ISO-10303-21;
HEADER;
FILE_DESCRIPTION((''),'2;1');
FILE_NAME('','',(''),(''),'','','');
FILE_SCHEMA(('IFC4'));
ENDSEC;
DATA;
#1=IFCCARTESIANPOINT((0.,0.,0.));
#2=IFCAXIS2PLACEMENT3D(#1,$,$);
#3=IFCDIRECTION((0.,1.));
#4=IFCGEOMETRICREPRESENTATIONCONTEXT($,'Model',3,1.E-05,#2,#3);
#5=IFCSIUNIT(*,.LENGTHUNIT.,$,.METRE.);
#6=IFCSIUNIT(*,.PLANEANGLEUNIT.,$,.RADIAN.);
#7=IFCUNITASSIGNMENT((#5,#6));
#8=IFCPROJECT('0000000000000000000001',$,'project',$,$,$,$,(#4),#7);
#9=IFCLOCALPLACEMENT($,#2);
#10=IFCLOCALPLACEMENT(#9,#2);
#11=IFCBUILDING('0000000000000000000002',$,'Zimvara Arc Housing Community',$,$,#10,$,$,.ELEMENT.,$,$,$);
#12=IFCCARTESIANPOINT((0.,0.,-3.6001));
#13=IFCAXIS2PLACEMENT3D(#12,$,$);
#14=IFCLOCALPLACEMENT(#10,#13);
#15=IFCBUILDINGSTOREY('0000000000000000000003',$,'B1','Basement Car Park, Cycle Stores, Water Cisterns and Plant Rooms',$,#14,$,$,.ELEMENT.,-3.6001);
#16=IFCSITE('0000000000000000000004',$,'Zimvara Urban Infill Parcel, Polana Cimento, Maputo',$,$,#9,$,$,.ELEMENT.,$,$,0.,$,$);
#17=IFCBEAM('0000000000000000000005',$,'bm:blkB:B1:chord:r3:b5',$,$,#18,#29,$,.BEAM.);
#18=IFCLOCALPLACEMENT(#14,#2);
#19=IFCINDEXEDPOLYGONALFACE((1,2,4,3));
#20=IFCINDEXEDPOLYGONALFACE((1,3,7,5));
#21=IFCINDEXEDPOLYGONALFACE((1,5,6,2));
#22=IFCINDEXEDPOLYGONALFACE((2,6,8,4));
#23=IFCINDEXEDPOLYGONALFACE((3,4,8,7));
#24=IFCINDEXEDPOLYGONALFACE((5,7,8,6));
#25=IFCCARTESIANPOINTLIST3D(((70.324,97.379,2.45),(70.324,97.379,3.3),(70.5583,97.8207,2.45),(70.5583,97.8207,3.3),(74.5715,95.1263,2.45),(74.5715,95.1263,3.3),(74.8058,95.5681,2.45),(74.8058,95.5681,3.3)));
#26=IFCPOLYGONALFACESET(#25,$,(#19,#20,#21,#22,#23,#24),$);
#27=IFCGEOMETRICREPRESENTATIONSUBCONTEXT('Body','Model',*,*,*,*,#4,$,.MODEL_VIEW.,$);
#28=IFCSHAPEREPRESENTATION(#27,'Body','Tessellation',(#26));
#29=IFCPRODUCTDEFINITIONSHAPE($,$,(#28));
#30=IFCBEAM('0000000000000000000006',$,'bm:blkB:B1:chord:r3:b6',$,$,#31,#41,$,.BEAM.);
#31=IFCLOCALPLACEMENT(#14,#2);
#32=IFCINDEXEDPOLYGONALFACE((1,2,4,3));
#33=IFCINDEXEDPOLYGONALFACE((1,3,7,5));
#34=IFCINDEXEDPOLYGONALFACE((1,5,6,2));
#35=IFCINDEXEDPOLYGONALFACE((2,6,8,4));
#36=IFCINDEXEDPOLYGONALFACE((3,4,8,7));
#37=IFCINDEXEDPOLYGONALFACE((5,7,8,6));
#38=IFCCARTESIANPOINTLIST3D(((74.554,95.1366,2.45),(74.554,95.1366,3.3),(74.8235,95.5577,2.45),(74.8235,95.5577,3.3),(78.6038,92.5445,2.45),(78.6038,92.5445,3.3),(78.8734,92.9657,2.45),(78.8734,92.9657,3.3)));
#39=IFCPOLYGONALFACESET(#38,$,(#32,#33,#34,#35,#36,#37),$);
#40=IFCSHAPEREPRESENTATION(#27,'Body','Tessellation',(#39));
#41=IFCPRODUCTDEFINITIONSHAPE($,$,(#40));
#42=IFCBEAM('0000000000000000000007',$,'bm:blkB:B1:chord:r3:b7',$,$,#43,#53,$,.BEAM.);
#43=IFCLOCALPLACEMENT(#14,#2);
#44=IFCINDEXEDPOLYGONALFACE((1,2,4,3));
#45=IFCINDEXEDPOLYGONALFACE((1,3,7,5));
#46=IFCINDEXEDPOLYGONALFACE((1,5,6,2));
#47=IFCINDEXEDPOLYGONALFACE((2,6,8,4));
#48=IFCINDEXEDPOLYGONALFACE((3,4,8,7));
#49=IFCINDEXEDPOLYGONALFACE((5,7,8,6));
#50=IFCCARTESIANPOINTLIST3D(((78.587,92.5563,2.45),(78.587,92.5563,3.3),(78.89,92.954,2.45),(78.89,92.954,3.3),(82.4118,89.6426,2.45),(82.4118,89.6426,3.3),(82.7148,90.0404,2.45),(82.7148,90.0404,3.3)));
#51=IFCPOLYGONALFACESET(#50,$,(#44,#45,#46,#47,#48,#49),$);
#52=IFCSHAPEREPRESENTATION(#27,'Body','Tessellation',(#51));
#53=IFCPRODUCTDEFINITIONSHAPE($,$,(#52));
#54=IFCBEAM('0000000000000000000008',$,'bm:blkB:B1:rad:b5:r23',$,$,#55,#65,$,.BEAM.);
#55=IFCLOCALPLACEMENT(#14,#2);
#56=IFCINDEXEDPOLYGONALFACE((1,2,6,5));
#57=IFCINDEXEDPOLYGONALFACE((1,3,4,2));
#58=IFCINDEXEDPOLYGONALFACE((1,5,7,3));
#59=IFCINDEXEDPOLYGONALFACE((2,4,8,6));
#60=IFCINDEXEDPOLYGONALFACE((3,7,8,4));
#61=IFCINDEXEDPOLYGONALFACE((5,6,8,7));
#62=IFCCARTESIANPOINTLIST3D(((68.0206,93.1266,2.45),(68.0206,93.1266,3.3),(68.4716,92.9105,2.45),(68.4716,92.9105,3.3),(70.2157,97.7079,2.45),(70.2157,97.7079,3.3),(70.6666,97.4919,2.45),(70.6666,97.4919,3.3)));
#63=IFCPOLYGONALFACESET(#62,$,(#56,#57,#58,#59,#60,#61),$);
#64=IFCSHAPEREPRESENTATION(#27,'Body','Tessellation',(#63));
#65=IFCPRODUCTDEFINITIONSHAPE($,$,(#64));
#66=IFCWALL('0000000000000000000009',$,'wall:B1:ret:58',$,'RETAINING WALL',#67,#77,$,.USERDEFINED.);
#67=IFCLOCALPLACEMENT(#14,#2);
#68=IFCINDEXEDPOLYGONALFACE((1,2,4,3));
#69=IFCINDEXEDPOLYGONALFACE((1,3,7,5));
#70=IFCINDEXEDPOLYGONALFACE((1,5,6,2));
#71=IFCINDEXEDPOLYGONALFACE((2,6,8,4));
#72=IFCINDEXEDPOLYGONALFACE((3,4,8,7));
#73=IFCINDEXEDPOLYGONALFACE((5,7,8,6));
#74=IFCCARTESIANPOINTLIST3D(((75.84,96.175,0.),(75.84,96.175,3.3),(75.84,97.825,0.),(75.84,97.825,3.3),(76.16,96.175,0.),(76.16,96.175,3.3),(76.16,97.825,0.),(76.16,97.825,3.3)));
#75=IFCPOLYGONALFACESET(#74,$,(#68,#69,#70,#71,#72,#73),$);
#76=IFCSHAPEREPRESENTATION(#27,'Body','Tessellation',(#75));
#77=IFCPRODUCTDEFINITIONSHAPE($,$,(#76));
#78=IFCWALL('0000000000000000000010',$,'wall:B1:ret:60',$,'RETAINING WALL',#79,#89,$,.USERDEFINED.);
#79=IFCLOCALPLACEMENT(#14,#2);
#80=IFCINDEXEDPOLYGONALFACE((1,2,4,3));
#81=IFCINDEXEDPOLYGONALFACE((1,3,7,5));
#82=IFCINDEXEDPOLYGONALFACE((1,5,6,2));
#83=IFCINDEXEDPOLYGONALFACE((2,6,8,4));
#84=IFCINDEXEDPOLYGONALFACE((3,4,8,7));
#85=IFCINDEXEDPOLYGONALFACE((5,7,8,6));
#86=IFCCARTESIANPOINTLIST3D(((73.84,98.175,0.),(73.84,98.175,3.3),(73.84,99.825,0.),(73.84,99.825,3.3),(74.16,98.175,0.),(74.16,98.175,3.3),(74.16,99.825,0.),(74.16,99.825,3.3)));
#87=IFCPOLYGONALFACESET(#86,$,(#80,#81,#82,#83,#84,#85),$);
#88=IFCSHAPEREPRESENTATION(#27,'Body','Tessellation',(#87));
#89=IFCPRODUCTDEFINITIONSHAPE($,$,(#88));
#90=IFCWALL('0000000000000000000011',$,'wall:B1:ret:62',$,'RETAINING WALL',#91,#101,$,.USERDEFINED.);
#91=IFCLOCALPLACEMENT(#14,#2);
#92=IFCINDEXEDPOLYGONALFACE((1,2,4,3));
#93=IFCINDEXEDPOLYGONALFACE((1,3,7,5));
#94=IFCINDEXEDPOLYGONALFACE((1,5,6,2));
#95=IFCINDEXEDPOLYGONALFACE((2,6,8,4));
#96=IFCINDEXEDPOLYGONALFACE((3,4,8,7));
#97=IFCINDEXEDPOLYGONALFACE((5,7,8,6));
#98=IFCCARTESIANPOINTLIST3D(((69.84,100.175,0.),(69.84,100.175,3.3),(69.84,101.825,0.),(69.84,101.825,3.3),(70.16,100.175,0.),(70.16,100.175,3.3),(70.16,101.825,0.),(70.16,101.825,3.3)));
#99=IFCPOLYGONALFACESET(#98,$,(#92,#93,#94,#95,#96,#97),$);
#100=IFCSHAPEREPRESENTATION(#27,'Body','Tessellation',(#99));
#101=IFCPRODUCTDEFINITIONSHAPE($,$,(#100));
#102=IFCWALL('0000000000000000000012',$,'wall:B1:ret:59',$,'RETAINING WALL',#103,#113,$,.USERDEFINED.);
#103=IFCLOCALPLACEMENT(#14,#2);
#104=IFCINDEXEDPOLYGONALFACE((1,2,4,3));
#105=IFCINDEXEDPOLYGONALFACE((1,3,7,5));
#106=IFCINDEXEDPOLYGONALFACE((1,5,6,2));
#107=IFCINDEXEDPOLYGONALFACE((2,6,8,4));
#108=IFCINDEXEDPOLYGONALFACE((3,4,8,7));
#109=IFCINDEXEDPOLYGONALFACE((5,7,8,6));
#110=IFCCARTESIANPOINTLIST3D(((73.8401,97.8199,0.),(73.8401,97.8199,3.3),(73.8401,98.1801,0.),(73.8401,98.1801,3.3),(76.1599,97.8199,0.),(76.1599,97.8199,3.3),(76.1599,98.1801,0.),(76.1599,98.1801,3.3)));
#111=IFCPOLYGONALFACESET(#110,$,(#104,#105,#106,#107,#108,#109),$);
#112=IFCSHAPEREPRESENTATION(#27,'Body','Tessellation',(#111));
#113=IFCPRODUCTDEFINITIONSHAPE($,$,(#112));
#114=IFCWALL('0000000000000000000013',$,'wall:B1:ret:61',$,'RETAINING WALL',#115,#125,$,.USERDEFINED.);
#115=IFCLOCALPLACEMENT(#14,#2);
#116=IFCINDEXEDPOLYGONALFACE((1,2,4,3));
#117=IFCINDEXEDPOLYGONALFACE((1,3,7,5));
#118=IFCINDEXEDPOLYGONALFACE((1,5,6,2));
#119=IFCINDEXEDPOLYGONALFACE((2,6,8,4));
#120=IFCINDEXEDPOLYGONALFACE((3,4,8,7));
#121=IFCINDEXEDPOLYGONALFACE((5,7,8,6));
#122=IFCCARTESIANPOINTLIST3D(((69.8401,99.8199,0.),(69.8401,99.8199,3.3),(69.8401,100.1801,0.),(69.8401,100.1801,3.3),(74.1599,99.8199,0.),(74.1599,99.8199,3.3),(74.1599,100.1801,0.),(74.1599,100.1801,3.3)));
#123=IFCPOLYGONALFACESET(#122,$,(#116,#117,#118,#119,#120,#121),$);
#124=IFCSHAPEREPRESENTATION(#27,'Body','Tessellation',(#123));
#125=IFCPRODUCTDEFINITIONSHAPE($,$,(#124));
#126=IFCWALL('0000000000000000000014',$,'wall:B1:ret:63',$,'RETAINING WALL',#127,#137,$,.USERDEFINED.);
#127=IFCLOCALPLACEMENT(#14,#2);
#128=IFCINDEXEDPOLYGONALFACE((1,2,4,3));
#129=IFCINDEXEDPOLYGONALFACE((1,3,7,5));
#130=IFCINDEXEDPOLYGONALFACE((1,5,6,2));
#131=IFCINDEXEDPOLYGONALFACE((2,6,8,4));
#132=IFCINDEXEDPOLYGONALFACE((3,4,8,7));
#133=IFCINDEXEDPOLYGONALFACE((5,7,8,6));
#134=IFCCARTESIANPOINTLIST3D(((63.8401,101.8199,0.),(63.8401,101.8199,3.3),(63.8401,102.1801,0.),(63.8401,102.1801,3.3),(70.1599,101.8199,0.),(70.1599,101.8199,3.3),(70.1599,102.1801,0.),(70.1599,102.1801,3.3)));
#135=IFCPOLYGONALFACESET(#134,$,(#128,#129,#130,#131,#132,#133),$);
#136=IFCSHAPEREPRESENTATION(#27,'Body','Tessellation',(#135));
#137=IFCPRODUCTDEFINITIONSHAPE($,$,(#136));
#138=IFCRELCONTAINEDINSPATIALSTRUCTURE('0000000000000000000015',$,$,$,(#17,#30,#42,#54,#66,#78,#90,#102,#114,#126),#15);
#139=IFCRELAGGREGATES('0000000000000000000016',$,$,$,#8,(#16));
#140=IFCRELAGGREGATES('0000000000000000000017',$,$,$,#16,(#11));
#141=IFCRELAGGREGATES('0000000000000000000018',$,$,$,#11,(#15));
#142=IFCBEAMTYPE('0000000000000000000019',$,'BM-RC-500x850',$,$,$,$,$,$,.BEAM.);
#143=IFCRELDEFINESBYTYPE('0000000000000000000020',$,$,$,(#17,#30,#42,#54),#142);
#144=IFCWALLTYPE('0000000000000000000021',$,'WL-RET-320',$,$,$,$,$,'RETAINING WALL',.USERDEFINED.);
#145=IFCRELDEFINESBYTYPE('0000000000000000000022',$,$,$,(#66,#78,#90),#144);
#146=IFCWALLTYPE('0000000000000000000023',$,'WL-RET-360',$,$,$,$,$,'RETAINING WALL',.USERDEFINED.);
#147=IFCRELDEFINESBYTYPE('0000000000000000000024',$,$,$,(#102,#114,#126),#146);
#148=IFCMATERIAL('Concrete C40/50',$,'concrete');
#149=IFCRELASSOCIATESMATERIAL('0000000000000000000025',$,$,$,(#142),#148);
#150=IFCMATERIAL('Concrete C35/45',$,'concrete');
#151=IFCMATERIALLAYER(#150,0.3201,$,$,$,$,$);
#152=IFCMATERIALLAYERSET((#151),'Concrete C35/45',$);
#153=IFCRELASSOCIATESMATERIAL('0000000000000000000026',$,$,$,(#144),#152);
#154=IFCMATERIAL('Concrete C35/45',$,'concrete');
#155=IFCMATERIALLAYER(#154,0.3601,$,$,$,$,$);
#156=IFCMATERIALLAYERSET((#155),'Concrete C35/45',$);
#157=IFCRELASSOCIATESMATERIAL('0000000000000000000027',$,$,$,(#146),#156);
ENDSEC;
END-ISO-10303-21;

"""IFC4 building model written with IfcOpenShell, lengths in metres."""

from ifc_helpers import new_model, si_unit, direction, frame, frame_2d, origin, origin_2d, place, context, subcontext, project, spatial, rectangle, extrude, material, layer, layer_set, material_profile, profile_set, type_object, element, save


model = new_model("IFC4")

# Units and contexts
model_context = context("Model", 3, precision=1e-05, world=origin(), true_north=direction((0.0, 1.0)))
body_context = subcontext(model_context, "Body", "Model", "MODEL_VIEW")
ifc_project = project(units=[si_unit("LENGTHUNIT", "METRE"), si_unit("PLANEANGLEUNIT", "RADIAN")], contexts=[model_context])

# Site, building, storey
site_placement = place(None, origin())
site = spatial("IfcSite", under=ifc_project, at=site_placement, Name="Zimvara Urban Infill Parcel, Polana Cimento, Maputo", CompositionType="ELEMENT", RefElevation=0.0)
building_placement = place(site_placement, origin())
building = spatial("IfcBuilding", under=site, at=building_placement, Name="Zimvara Arc Housing Community", CompositionType="ELEMENT")
storey_placement = place(building_placement, frame((0.0, 0.0, -3.6001)))
storey = spatial("IfcBuildingStorey", under=building, at=storey_placement, Name="B1", Description="Basement Car Park, Cycle Stores, Water Cisterns and Plant Rooms", CompositionType="ELEMENT", Elevation=-3.6001)

# Beams
ifc_material_1 = material(Name="Concrete C40/50", Category="concrete")
ifc_material_profile_1 = material_profile(ifc_material_1, rectangle(XDim=0.5, YDim=0.8501, at=origin_2d()), Name="RC 500x850")
ifc_profile_set_1 = profile_set([ifc_material_profile_1], Name="Concrete C40/50")
beam_type = type_object("IfcBeamType", Name="BM-RC-500x850", PredefinedType="BEAM", material=ifc_profile_set_1)
beam_1_placement = place(storey_placement, frame((70.4412, 97.5999, 2.875), z_axis=(0.883446, -0.468534, 0.0), x_axis=(0.468534, 0.883446, 0.0)))
element("IfcBeam", 1, at=beam_1_placement, inside=storey, type_object=beam_type, Name="bm:blkB:B1:chord:r3:b5", PredefinedType="BEAM", context=body_context, shape_type="SweptSolid", body=[
    extrude(rectangle(XDim=0.5, YDim=0.8501, at=origin_2d()), origin(), (0.0, 0.0, 1.0), 4.8079),
])
beam_2_placement = place(storey_placement, frame((74.6887, 95.3472, 2.875), z_axis=(0.842256, -0.539078, 0.0), x_axis=(0.539078, 0.842256, 0.0)))
element("IfcBeam", 2, at=beam_2_placement, inside=storey, type_object=beam_type, Name="bm:blkB:B1:chord:r3:b6", PredefinedType="BEAM", context=body_context, shape_type="SweptSolid", body=[
    extrude(rectangle(XDim=0.5, YDim=0.8501, at=origin_2d()), origin(), (0.0, 0.0, 1.0), 4.8083),
])
beam_3_placement = place(storey_placement, frame((78.7385, 92.7551, 2.875), z_axis=(0.795481, -0.605979, 0.0), x_axis=(0.605979, 0.795481, 0.0)))
element("IfcBeam", 3, at=beam_3_placement, inside=storey, type_object=beam_type, Name="bm:blkB:B1:chord:r3:b7", PredefinedType="BEAM", context=body_context, shape_type="SweptSolid", body=[
    extrude(rectangle(XDim=0.5, YDim=0.8501, at=origin_2d()), origin(), (0.0, 0.0, 1.0), 4.8081),
])
beam_4_placement = place(storey_placement, frame((68.2461, 93.0186, 2.875), z_axis=(0.432098, 0.901827, 0.0), x_axis=(-0.901827, 0.432098, 0.0)))
element("IfcBeam", 4, at=beam_4_placement, inside=storey, type_object=beam_type, Name="bm:blkB:B1:rad:b5:r23", PredefinedType="BEAM", context=body_context, shape_type="SweptSolid", body=[
    extrude(rectangle(XDim=0.5, YDim=0.8501, at=origin_2d()), origin(), (0.0, 0.0, 1.0), 5.0801),
])

# Walls
ifc_material_2 = material(Name="Concrete C35/45", Category="concrete")
ifc_layer_1 = layer(ifc_material_2, 0.3201)
ifc_layer_set_1 = layer_set([ifc_layer_1], Name="Concrete C35/45")
wall_type_1 = type_object("IfcWallType", Name="WL-RET-320", ElementType="RETAINING WALL", PredefinedType="USERDEFINED", material=ifc_layer_set_1)
for number, where, z_axis, x_axis, name in (
    (5, (76.0, 96.175, 0.0), (0.0, 0.0, 1.0), (0.0, 1.0, 0.0), "wall:B1:ret:58"),
    (6, (74.0, 98.175, 0.0), (0.0, 0.0, 1.0), (0.0, 1.0, 0.0), "wall:B1:ret:60"),
    (7, (70.0, 100.175, 0.0), (0.0, 0.0, 1.0), (0.0, 1.0, 0.0), "wall:B1:ret:62"),
):
    element("IfcWall", number, at=place(storey_placement, frame(where, z_axis=z_axis, x_axis=x_axis)), inside=storey, type_object=wall_type_1, Name=name, ObjectType="RETAINING WALL", PredefinedType="USERDEFINED", context=body_context, shape_type="SweptSolid", body=[
        extrude(rectangle(XDim=1.6499, YDim=0.3201, at=frame_2d((0.825, 0.0))), origin(), (0.0, 0.0, 1.0), 3.3),
    ])
ifc_material_3 = material(Name="Concrete C35/45", Category="concrete")
ifc_layer_2 = layer(ifc_material_3, 0.3601)
ifc_layer_set_2 = layer_set([ifc_layer_2], Name="Concrete C35/45")
wall_type_2 = type_object("IfcWallType", Name="WL-RET-360", ElementType="RETAINING WALL", PredefinedType="USERDEFINED", material=ifc_layer_set_2)
wall_1_placement = place(storey_placement, frame((76.1599, 98.0, 0.0), z_axis=(0.0, 0.0, 1.0), x_axis=(-1.0, 0.0, 0.0)))
element("IfcWall", 8, at=wall_1_placement, inside=storey, type_object=wall_type_2, Name="wall:B1:ret:59", ObjectType="RETAINING WALL", PredefinedType="USERDEFINED", context=body_context, shape_type="SweptSolid", body=[
    extrude(rectangle(XDim=2.3198, YDim=0.3601, at=frame_2d((1.1599, 0.0))), origin(), (0.0, 0.0, 1.0), 3.3),
])
wall_2_placement = place(storey_placement, frame((74.1599, 100.0, 0.0), z_axis=(0.0, 0.0, 1.0), x_axis=(-1.0, 0.0, 0.0)))
element("IfcWall", 9, at=wall_2_placement, inside=storey, type_object=wall_type_2, Name="wall:B1:ret:61", ObjectType="RETAINING WALL", PredefinedType="USERDEFINED", context=body_context, shape_type="SweptSolid", body=[
    extrude(rectangle(XDim=4.3198, YDim=0.3601, at=frame_2d((2.1599, 0.0))), origin(), (0.0, 0.0, 1.0), 3.3),
])
wall_3_placement = place(storey_placement, frame((70.1599, 102.0, 0.0), z_axis=(0.0, 0.0, 1.0), x_axis=(-1.0, 0.0, 0.0)))
element("IfcWall", 10, at=wall_3_placement, inside=storey, type_object=wall_type_2, Name="wall:B1:ret:63", ObjectType="RETAINING WALL", PredefinedType="USERDEFINED", context=body_context, shape_type="SweptSolid", body=[
    extrude(rectangle(XDim=6.3198, YDim=0.3601, at=frame_2d((3.1599, 0.0))), origin(), (0.0, 0.0, 1.0), 3.3),
])

save(model, "model.ifc")
